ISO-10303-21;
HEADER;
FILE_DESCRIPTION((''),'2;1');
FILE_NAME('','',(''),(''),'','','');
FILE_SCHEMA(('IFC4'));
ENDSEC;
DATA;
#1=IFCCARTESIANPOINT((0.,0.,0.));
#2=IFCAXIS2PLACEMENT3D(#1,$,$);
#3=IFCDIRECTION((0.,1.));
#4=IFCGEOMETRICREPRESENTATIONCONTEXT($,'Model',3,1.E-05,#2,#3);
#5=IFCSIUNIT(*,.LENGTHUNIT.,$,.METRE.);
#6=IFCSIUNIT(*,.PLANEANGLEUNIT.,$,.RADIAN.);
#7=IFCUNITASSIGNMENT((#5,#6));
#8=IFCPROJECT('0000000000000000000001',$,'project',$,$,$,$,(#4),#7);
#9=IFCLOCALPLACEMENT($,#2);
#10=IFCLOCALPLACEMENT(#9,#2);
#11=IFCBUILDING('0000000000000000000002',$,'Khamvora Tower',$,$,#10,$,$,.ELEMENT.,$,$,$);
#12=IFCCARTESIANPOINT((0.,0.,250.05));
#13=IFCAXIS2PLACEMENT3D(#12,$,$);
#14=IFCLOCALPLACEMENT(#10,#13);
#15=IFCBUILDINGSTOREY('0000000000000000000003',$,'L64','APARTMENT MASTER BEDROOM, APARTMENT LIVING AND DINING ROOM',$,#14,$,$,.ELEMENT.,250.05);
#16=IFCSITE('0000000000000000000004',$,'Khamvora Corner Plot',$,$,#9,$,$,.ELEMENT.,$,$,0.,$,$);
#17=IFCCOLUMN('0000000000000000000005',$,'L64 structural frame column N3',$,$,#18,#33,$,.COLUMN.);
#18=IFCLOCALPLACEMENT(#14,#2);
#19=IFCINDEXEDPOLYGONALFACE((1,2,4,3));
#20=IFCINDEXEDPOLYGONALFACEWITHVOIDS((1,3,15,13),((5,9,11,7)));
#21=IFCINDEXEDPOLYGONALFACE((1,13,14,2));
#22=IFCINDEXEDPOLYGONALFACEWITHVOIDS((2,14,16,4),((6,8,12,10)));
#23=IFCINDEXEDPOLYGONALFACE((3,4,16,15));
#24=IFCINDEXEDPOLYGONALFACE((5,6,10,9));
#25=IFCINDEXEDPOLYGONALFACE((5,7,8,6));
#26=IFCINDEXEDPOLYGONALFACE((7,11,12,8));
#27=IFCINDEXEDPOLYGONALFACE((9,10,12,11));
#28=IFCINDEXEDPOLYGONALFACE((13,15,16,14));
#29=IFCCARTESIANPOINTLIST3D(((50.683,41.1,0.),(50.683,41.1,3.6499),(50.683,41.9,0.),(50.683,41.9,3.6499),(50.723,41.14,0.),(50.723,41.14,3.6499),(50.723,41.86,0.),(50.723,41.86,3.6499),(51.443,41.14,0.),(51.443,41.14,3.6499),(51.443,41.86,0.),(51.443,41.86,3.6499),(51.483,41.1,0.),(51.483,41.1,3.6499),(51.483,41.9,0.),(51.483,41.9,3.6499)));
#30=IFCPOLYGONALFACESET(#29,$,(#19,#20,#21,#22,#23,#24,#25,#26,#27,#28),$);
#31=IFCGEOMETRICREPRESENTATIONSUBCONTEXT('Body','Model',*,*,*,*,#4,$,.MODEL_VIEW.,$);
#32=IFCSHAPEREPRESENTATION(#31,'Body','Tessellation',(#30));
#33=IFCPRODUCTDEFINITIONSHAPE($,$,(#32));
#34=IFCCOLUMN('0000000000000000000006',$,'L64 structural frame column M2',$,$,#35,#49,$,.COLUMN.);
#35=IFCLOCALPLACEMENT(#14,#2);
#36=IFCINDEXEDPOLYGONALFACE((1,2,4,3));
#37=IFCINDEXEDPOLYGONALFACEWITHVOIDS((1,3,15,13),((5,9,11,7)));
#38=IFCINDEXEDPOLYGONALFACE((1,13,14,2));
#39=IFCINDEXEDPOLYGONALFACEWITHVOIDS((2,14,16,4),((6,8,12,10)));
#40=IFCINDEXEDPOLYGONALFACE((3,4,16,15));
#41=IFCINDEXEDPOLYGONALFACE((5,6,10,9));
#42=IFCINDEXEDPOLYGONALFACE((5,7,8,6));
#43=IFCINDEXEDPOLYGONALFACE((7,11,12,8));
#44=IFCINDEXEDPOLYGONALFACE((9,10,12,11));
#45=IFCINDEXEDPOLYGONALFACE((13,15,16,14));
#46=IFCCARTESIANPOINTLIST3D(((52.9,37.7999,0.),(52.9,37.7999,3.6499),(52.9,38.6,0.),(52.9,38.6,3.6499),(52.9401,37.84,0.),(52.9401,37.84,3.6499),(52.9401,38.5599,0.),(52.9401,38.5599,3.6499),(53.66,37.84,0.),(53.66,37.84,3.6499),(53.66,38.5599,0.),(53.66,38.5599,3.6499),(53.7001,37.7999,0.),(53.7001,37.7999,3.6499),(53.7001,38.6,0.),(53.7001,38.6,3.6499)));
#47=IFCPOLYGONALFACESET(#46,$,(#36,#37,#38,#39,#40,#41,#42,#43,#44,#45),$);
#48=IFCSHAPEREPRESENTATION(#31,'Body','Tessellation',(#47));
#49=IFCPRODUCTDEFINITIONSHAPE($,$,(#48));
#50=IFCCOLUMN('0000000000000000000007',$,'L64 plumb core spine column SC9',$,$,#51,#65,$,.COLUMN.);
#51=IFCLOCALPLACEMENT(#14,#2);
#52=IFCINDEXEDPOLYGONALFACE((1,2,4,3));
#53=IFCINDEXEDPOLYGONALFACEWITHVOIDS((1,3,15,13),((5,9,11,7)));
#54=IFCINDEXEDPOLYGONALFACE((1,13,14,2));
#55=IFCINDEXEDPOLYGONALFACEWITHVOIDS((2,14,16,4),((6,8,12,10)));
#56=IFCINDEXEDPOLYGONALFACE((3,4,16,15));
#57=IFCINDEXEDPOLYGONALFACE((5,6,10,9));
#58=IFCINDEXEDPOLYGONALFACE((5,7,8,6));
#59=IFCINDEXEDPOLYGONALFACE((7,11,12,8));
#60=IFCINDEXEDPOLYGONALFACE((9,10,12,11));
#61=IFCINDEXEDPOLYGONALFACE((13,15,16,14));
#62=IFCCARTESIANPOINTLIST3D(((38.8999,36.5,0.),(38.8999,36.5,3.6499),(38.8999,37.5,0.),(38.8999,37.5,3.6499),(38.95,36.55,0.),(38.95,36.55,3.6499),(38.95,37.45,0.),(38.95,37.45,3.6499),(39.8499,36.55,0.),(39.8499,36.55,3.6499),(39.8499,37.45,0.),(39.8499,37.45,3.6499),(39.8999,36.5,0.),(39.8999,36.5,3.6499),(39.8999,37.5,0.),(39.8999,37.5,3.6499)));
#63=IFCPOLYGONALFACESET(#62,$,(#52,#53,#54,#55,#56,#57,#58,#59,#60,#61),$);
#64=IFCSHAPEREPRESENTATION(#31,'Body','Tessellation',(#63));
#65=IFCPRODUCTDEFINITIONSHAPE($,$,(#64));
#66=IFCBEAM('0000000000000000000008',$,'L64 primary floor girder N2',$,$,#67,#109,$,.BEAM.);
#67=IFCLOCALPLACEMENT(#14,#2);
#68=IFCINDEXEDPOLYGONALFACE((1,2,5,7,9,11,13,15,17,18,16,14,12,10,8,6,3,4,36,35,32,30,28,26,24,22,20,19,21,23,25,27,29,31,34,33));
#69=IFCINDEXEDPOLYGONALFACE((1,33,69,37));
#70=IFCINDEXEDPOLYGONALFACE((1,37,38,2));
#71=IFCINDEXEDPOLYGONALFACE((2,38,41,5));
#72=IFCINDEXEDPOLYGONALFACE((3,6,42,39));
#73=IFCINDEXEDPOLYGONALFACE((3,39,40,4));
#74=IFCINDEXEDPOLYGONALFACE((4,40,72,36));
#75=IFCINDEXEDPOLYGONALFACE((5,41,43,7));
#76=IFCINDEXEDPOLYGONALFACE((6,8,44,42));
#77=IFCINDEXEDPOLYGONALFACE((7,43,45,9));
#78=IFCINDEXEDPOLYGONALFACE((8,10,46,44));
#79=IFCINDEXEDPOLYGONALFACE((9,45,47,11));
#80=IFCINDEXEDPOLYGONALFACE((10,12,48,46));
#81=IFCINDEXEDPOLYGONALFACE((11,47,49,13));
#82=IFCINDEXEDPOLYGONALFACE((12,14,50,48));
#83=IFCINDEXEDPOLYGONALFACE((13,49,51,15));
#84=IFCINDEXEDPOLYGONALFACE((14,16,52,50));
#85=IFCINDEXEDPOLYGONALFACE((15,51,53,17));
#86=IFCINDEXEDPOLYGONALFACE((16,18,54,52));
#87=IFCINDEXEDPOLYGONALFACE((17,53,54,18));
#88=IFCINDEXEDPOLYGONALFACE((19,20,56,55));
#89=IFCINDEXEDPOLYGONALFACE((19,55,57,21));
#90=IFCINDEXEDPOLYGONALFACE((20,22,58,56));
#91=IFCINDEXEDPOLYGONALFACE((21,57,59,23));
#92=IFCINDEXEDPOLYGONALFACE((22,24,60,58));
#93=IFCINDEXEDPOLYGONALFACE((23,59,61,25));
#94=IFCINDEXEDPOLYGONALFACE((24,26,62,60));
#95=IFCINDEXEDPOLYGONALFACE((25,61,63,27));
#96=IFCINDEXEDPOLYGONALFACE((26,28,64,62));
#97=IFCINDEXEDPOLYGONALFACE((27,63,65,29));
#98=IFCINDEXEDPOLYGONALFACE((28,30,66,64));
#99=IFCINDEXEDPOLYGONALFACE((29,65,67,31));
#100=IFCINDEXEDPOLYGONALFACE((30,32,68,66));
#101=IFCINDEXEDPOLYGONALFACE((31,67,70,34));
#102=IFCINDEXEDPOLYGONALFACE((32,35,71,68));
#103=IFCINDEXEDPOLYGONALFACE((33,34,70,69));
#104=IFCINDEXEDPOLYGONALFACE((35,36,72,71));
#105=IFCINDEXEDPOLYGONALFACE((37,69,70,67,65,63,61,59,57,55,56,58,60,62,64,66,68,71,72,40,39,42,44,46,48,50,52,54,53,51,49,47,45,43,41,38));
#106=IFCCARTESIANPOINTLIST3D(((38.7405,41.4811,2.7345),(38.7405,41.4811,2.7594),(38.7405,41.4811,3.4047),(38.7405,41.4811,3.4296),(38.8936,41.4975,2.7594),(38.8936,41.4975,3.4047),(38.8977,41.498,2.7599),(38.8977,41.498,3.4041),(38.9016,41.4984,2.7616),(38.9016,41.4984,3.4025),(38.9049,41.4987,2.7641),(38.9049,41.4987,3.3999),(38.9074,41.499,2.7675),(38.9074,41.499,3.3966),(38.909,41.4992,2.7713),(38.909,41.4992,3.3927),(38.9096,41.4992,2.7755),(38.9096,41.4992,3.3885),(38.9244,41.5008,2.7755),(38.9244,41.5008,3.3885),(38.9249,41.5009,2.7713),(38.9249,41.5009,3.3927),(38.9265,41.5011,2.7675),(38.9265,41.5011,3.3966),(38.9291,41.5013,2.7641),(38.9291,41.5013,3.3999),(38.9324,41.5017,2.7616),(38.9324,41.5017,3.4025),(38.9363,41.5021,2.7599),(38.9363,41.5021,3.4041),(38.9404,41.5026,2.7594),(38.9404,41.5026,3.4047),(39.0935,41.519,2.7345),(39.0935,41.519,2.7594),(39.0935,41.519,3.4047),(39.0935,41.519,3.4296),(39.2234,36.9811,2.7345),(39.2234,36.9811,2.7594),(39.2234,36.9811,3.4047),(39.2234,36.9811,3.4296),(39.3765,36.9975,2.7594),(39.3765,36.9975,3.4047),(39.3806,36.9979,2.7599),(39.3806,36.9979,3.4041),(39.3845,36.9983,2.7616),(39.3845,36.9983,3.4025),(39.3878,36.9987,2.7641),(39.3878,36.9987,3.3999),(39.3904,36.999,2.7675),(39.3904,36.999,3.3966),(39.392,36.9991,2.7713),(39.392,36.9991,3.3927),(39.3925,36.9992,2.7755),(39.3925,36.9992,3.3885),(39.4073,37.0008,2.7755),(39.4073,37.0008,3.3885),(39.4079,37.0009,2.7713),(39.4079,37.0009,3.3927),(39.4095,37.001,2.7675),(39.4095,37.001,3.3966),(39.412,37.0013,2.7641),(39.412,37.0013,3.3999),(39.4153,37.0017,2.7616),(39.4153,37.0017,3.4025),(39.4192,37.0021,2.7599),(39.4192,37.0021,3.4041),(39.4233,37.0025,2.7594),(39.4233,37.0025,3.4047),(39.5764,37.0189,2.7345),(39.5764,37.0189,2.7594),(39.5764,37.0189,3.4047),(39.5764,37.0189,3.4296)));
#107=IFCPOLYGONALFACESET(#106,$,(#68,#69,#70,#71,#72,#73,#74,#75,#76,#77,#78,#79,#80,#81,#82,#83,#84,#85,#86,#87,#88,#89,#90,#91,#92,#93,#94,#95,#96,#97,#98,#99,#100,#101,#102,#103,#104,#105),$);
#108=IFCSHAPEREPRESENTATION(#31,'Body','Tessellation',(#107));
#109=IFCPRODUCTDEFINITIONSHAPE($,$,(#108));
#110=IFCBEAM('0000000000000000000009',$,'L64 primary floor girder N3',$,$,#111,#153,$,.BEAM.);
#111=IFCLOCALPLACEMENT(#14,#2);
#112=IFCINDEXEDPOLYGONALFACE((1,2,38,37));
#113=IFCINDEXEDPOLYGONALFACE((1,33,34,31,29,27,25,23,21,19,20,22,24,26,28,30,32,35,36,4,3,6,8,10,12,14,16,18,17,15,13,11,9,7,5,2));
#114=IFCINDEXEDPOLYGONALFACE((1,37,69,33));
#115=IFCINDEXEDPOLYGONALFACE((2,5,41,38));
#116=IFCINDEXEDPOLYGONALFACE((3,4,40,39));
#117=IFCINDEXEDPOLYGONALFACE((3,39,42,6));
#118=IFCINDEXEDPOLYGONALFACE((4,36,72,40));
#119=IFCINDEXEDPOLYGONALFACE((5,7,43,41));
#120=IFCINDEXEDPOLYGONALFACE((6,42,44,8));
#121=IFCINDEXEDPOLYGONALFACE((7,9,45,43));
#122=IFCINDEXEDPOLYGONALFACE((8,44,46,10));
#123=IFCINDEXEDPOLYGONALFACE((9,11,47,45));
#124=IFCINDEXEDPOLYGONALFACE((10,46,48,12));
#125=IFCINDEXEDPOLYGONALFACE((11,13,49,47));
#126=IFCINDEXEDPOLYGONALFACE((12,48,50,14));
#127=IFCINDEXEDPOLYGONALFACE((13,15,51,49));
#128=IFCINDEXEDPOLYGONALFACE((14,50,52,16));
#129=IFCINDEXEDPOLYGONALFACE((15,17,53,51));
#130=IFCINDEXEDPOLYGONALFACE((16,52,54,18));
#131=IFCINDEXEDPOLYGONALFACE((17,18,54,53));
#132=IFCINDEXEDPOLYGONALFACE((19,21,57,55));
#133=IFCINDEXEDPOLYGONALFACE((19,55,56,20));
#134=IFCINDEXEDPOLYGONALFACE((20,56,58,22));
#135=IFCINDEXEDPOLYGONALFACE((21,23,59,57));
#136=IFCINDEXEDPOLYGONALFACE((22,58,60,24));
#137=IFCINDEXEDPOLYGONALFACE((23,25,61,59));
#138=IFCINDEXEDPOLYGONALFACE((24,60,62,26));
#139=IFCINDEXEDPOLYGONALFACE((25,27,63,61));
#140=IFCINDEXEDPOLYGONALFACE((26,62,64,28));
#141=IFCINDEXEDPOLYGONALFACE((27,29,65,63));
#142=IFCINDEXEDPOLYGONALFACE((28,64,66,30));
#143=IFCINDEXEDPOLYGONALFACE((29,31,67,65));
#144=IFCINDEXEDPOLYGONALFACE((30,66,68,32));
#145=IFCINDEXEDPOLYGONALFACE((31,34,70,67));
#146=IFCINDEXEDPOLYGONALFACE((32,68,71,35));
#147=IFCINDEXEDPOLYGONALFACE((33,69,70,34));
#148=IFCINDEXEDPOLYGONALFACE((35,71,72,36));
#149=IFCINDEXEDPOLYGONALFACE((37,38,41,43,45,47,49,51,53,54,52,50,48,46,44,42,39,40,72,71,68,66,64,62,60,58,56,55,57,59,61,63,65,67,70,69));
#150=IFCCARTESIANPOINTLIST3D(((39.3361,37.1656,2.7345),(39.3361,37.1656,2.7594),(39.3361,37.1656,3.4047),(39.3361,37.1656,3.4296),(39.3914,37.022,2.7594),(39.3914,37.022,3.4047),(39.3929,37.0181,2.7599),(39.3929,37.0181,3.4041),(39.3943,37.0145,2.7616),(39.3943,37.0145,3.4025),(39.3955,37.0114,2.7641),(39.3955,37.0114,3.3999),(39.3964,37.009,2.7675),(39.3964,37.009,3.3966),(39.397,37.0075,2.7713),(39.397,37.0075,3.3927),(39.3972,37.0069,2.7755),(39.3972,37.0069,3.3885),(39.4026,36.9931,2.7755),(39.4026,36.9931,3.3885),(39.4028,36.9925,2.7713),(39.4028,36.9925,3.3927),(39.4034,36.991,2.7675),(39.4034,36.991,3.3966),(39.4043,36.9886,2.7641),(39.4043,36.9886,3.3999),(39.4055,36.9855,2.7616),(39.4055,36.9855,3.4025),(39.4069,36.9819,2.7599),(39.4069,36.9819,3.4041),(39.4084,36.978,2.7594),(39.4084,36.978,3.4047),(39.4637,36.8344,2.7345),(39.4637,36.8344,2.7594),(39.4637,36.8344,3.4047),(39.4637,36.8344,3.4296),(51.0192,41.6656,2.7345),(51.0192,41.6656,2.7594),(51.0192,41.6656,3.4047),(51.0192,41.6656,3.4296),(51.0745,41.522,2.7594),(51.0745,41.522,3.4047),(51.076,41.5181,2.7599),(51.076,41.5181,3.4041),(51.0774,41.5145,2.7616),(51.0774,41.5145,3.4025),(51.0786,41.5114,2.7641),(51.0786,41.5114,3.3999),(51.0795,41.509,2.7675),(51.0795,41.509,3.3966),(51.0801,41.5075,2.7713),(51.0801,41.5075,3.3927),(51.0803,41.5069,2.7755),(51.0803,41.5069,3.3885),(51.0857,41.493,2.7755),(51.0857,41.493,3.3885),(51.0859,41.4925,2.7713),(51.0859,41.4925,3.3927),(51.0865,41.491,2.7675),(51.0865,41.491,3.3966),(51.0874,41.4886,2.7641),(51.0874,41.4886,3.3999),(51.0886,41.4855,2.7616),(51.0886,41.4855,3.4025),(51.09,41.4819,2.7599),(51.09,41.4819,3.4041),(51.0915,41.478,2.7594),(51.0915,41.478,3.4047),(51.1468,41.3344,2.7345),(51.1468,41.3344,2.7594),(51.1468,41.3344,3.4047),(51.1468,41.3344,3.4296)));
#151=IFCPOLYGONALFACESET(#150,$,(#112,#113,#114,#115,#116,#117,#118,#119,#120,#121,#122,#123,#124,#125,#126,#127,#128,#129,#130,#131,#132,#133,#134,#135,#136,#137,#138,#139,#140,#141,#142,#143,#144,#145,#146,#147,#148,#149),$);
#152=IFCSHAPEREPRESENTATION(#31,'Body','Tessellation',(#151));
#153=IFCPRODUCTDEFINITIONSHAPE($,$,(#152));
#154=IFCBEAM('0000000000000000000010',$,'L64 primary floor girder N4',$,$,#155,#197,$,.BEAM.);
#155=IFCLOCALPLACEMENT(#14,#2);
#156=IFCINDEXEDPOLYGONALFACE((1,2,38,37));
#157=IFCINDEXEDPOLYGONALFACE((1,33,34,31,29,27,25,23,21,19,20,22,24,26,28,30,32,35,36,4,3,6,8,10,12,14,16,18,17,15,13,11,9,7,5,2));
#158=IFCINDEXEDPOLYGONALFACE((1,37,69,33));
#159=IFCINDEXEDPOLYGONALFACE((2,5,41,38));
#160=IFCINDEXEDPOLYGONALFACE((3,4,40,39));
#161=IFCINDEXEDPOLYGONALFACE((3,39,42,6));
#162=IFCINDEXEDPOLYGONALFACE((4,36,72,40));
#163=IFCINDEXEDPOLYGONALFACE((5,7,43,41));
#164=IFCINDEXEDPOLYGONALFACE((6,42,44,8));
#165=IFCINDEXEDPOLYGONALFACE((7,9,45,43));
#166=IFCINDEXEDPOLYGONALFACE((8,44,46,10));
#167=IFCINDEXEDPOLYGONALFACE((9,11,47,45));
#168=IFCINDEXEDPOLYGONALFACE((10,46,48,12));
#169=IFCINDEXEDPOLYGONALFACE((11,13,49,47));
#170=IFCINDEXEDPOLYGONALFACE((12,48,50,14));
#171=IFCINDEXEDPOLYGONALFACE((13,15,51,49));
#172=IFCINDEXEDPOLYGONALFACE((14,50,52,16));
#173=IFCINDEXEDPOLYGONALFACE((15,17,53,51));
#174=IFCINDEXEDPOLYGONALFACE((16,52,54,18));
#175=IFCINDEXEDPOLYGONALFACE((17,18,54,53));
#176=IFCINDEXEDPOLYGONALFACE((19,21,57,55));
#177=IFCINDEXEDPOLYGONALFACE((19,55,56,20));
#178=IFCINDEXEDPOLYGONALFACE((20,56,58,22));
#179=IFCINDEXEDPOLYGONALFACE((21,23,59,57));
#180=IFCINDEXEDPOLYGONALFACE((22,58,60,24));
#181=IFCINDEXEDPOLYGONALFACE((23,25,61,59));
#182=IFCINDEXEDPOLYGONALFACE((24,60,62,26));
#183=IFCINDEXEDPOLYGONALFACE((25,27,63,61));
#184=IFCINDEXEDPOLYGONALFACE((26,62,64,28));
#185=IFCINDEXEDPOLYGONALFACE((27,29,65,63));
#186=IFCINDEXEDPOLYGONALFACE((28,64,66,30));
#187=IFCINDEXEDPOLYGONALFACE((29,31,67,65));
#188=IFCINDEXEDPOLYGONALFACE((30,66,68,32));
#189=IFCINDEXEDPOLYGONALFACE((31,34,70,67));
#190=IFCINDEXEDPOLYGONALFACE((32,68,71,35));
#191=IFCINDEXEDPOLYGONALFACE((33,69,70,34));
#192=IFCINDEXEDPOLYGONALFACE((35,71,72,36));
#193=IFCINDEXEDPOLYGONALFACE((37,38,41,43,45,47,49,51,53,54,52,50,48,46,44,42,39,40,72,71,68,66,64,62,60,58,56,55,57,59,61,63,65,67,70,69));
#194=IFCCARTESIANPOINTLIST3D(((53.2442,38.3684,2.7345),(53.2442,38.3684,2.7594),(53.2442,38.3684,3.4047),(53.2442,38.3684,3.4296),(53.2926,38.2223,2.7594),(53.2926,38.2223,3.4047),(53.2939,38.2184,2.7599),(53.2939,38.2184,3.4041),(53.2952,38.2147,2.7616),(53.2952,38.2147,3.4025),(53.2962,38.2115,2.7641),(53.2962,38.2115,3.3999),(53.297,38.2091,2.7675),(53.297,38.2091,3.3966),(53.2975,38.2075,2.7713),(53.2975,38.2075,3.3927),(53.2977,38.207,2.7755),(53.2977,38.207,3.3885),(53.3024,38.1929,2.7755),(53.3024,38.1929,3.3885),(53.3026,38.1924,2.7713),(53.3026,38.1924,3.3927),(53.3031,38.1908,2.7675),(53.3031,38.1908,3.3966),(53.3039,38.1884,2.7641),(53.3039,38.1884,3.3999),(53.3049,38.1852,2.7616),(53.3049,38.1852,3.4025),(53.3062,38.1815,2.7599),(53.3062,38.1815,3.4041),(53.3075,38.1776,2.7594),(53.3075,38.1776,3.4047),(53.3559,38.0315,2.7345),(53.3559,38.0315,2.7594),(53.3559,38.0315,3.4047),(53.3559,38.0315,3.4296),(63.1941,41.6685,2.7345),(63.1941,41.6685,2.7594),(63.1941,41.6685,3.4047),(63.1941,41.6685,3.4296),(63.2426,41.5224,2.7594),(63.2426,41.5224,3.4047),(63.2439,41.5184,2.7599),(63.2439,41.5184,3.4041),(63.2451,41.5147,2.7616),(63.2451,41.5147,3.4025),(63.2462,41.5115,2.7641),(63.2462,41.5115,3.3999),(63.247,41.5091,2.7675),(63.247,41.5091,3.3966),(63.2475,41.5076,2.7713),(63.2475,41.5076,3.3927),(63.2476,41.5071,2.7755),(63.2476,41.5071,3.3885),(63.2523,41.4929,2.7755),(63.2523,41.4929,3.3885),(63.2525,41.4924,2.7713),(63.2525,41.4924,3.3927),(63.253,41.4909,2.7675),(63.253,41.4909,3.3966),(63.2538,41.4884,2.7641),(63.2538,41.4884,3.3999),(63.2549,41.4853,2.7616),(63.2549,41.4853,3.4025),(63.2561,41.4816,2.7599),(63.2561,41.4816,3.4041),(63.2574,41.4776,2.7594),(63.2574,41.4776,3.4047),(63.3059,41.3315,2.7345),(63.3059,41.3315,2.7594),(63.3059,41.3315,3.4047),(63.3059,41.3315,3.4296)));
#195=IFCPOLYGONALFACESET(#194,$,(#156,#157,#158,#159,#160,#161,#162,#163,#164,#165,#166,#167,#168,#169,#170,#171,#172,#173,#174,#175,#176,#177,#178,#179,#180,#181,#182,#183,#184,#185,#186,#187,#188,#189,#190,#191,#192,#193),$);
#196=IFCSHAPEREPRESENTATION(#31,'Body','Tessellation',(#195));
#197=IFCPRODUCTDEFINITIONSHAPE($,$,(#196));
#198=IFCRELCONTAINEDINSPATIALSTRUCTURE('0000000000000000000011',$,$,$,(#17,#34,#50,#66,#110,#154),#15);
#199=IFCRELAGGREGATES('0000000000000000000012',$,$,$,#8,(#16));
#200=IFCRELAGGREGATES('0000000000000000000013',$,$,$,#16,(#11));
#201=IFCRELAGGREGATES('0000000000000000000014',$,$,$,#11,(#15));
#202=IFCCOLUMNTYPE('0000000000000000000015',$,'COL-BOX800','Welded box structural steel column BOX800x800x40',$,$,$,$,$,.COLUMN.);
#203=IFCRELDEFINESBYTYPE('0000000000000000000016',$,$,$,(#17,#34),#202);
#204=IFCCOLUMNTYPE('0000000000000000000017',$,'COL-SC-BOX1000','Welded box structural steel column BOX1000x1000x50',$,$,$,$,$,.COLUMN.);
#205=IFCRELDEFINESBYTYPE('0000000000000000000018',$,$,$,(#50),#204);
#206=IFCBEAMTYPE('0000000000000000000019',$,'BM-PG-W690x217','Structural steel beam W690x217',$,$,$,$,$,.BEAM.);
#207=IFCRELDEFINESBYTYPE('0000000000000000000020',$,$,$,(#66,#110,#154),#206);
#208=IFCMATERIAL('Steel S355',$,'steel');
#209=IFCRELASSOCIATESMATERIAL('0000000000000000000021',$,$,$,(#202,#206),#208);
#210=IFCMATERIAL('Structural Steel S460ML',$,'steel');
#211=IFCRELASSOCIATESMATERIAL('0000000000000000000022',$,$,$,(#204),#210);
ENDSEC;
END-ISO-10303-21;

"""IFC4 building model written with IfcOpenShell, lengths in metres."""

from ifc_helpers import new_model, si_unit, direction, frame, origin, origin_2d, place, context, subcontext, project, spatial, hollow_rectangle, i_section, extrude, material, material_profile, profile_set, type_object, element, save


model = new_model("IFC4")

# Units and contexts
model_context = context("Model", 3, precision=1e-05, world=origin(), true_north=direction((0.0, 1.0)))
body_context = subcontext(model_context, "Body", "Model", "MODEL_VIEW")
ifc_project = project(units=[si_unit("LENGTHUNIT", "METRE"), si_unit("PLANEANGLEUNIT", "RADIAN")], contexts=[model_context])

# Site, building, storey
site_placement = place(None, origin())
site = spatial("IfcSite", under=ifc_project, at=site_placement, Name="Khamvora Corner Plot", CompositionType="ELEMENT", RefElevation=0.0)
building_placement = place(site_placement, origin())
building = spatial("IfcBuilding", under=site, at=building_placement, Name="Khamvora Tower", CompositionType="ELEMENT")
storey_placement = place(building_placement, frame((0.0, 0.0, 250.05)))
storey = spatial("IfcBuildingStorey", under=building, at=storey_placement, Name="L64", Description="APARTMENT MASTER BEDROOM, APARTMENT LIVING AND DINING ROOM", CompositionType="ELEMENT", Elevation=250.05)

# Columns
ifc_material_1 = material(Name="Steel S355", Category="steel")
ifc_material_profile_1 = material_profile(ifc_material_1, hollow_rectangle(XDim=0.8, YDim=0.8, WallThickness=0.04, at=origin_2d()), Name="BOX800x800x40")
ifc_profile_set_1 = profile_set([ifc_material_profile_1], Name="Steel S355")
column_type_1 = type_object("IfcColumnType", Name="COL-BOX800", Description="Welded box structural steel column BOX800x800x40", PredefinedType="COLUMN", material=ifc_profile_set_1)
for number, where, z_axis, x_axis, name in (
    (1, (51.083, 41.5, 0.0), (0.0, 0.0, 1.0), (1.0, 0.0, 0.0), "L64 structural frame column N3"),
    (2, (53.3, 38.2, 0.0), (0.0, 0.0, 1.0), (1.0, 0.0, 0.0), "L64 structural frame column M2"),
):
    element("IfcColumn", number, at=place(storey_placement, frame(where, z_axis=z_axis, x_axis=x_axis)), inside=storey, type_object=column_type_1, Name=name, PredefinedType="COLUMN", context=body_context, shape_type="SweptSolid", body=[
        extrude(hollow_rectangle(XDim=0.8, YDim=0.8, WallThickness=0.04, at=origin_2d()), origin(), (0.0, 0.0, 1.0), 3.6499),
    ])
ifc_material_2 = material(Name="Structural Steel S460ML", Category="steel")
ifc_material_profile_2 = material_profile(ifc_material_2, hollow_rectangle(XDim=1.0, YDim=1.0, WallThickness=0.05, at=origin_2d()), Name="BOX1000x1000x50")
ifc_profile_set_2 = profile_set([ifc_material_profile_2], Name="Structural Steel S460ML")
column_type_2 = type_object("IfcColumnType", Name="COL-SC-BOX1000", Description="Welded box structural steel column BOX1000x1000x50", PredefinedType="COLUMN", material=ifc_profile_set_2)
column_placement = place(storey_placement, frame((39.3999, 37.0, 0.0), z_axis=(0.0, 0.0, 1.0), x_axis=(1.0, 0.0, 0.0)))
element("IfcColumn", 3, at=column_placement, inside=storey, type_object=column_type_2, Name="L64 plumb core spine column SC9", PredefinedType="COLUMN", context=body_context, shape_type="SweptSolid", body=[
    extrude(hollow_rectangle(XDim=1.0, YDim=1.0, WallThickness=0.05, at=origin_2d()), origin(), (0.0, 0.0, 1.0), 3.6499),
])

# Beams
ifc_material_profile_3 = material_profile(ifc_material_1, i_section(OverallWidth=0.355, OverallDepth=0.6951, WebThickness=0.0149, FlangeThickness=0.0249, FilletRadius=0.0161, at=origin_2d()), Name="W690x217")
ifc_profile_set_3 = profile_set([ifc_material_profile_3], Name="Steel S355")
beam_type_1 = type_object("IfcBeamType", Name="BM-PG-W690x217", Description="Structural steel beam W690x217", PredefinedType="BEAM", material=ifc_profile_set_3)
beam_1_placement = place(storey_placement, frame((39.3999, 37.0, 3.082), z_axis=(-0.106701, 0.994291, 0.0), x_axis=(-0.994291, -0.106701, 0.0)))
element("IfcBeam", 4, at=beam_1_placement, inside=storey, type_object=beam_type_1, Name="L64 primary floor girder N2", PredefinedType="BEAM", context=body_context, shape_type="SweptSolid", body=[
    extrude(i_section(OverallWidth=0.355, OverallDepth=0.6951, WebThickness=0.0149, FlangeThickness=0.0249, FilletRadius=0.0161, at=origin_2d()), origin(), (0.0, 0.0, 1.0), 4.5259),
])
beam_2_placement = place(storey_placement, frame((39.3999, 37.0, 3.082), z_axis=(0.933172, 0.359431, 0.0), x_axis=(-0.359431, 0.933172, 0.0)))
element("IfcBeam", 5, at=beam_2_placement, inside=storey, type_object=beam_type_1, Name="L64 primary floor girder N3", PredefinedType="BEAM", context=body_context, shape_type="SweptSolid", body=[
    extrude(i_section(OverallWidth=0.355, OverallDepth=0.6951, WebThickness=0.0149, FlangeThickness=0.0249, FilletRadius=0.0161, at=origin_2d()), origin(), (0.0, 0.0, 1.0), 12.5198),
])
beam_3_placement = place(storey_placement, frame((53.3, 38.2, 3.082), z_axis=(0.949157, 0.314802, 0.0), x_axis=(-0.314802, 0.949157, 0.0)))
element("IfcBeam", 6, at=beam_3_placement, inside=storey, type_object=beam_type_1, Name="L64 primary floor girder N4", PredefinedType="BEAM", context=body_context, shape_type="SweptSolid", body=[
    extrude(i_section(OverallWidth=0.355, OverallDepth=0.6951, WebThickness=0.0149, FlangeThickness=0.0249, FilletRadius=0.0161, at=origin_2d()), origin(), (0.0, 0.0, 1.0), 10.4829),
])

save(model, "model.ifc")
